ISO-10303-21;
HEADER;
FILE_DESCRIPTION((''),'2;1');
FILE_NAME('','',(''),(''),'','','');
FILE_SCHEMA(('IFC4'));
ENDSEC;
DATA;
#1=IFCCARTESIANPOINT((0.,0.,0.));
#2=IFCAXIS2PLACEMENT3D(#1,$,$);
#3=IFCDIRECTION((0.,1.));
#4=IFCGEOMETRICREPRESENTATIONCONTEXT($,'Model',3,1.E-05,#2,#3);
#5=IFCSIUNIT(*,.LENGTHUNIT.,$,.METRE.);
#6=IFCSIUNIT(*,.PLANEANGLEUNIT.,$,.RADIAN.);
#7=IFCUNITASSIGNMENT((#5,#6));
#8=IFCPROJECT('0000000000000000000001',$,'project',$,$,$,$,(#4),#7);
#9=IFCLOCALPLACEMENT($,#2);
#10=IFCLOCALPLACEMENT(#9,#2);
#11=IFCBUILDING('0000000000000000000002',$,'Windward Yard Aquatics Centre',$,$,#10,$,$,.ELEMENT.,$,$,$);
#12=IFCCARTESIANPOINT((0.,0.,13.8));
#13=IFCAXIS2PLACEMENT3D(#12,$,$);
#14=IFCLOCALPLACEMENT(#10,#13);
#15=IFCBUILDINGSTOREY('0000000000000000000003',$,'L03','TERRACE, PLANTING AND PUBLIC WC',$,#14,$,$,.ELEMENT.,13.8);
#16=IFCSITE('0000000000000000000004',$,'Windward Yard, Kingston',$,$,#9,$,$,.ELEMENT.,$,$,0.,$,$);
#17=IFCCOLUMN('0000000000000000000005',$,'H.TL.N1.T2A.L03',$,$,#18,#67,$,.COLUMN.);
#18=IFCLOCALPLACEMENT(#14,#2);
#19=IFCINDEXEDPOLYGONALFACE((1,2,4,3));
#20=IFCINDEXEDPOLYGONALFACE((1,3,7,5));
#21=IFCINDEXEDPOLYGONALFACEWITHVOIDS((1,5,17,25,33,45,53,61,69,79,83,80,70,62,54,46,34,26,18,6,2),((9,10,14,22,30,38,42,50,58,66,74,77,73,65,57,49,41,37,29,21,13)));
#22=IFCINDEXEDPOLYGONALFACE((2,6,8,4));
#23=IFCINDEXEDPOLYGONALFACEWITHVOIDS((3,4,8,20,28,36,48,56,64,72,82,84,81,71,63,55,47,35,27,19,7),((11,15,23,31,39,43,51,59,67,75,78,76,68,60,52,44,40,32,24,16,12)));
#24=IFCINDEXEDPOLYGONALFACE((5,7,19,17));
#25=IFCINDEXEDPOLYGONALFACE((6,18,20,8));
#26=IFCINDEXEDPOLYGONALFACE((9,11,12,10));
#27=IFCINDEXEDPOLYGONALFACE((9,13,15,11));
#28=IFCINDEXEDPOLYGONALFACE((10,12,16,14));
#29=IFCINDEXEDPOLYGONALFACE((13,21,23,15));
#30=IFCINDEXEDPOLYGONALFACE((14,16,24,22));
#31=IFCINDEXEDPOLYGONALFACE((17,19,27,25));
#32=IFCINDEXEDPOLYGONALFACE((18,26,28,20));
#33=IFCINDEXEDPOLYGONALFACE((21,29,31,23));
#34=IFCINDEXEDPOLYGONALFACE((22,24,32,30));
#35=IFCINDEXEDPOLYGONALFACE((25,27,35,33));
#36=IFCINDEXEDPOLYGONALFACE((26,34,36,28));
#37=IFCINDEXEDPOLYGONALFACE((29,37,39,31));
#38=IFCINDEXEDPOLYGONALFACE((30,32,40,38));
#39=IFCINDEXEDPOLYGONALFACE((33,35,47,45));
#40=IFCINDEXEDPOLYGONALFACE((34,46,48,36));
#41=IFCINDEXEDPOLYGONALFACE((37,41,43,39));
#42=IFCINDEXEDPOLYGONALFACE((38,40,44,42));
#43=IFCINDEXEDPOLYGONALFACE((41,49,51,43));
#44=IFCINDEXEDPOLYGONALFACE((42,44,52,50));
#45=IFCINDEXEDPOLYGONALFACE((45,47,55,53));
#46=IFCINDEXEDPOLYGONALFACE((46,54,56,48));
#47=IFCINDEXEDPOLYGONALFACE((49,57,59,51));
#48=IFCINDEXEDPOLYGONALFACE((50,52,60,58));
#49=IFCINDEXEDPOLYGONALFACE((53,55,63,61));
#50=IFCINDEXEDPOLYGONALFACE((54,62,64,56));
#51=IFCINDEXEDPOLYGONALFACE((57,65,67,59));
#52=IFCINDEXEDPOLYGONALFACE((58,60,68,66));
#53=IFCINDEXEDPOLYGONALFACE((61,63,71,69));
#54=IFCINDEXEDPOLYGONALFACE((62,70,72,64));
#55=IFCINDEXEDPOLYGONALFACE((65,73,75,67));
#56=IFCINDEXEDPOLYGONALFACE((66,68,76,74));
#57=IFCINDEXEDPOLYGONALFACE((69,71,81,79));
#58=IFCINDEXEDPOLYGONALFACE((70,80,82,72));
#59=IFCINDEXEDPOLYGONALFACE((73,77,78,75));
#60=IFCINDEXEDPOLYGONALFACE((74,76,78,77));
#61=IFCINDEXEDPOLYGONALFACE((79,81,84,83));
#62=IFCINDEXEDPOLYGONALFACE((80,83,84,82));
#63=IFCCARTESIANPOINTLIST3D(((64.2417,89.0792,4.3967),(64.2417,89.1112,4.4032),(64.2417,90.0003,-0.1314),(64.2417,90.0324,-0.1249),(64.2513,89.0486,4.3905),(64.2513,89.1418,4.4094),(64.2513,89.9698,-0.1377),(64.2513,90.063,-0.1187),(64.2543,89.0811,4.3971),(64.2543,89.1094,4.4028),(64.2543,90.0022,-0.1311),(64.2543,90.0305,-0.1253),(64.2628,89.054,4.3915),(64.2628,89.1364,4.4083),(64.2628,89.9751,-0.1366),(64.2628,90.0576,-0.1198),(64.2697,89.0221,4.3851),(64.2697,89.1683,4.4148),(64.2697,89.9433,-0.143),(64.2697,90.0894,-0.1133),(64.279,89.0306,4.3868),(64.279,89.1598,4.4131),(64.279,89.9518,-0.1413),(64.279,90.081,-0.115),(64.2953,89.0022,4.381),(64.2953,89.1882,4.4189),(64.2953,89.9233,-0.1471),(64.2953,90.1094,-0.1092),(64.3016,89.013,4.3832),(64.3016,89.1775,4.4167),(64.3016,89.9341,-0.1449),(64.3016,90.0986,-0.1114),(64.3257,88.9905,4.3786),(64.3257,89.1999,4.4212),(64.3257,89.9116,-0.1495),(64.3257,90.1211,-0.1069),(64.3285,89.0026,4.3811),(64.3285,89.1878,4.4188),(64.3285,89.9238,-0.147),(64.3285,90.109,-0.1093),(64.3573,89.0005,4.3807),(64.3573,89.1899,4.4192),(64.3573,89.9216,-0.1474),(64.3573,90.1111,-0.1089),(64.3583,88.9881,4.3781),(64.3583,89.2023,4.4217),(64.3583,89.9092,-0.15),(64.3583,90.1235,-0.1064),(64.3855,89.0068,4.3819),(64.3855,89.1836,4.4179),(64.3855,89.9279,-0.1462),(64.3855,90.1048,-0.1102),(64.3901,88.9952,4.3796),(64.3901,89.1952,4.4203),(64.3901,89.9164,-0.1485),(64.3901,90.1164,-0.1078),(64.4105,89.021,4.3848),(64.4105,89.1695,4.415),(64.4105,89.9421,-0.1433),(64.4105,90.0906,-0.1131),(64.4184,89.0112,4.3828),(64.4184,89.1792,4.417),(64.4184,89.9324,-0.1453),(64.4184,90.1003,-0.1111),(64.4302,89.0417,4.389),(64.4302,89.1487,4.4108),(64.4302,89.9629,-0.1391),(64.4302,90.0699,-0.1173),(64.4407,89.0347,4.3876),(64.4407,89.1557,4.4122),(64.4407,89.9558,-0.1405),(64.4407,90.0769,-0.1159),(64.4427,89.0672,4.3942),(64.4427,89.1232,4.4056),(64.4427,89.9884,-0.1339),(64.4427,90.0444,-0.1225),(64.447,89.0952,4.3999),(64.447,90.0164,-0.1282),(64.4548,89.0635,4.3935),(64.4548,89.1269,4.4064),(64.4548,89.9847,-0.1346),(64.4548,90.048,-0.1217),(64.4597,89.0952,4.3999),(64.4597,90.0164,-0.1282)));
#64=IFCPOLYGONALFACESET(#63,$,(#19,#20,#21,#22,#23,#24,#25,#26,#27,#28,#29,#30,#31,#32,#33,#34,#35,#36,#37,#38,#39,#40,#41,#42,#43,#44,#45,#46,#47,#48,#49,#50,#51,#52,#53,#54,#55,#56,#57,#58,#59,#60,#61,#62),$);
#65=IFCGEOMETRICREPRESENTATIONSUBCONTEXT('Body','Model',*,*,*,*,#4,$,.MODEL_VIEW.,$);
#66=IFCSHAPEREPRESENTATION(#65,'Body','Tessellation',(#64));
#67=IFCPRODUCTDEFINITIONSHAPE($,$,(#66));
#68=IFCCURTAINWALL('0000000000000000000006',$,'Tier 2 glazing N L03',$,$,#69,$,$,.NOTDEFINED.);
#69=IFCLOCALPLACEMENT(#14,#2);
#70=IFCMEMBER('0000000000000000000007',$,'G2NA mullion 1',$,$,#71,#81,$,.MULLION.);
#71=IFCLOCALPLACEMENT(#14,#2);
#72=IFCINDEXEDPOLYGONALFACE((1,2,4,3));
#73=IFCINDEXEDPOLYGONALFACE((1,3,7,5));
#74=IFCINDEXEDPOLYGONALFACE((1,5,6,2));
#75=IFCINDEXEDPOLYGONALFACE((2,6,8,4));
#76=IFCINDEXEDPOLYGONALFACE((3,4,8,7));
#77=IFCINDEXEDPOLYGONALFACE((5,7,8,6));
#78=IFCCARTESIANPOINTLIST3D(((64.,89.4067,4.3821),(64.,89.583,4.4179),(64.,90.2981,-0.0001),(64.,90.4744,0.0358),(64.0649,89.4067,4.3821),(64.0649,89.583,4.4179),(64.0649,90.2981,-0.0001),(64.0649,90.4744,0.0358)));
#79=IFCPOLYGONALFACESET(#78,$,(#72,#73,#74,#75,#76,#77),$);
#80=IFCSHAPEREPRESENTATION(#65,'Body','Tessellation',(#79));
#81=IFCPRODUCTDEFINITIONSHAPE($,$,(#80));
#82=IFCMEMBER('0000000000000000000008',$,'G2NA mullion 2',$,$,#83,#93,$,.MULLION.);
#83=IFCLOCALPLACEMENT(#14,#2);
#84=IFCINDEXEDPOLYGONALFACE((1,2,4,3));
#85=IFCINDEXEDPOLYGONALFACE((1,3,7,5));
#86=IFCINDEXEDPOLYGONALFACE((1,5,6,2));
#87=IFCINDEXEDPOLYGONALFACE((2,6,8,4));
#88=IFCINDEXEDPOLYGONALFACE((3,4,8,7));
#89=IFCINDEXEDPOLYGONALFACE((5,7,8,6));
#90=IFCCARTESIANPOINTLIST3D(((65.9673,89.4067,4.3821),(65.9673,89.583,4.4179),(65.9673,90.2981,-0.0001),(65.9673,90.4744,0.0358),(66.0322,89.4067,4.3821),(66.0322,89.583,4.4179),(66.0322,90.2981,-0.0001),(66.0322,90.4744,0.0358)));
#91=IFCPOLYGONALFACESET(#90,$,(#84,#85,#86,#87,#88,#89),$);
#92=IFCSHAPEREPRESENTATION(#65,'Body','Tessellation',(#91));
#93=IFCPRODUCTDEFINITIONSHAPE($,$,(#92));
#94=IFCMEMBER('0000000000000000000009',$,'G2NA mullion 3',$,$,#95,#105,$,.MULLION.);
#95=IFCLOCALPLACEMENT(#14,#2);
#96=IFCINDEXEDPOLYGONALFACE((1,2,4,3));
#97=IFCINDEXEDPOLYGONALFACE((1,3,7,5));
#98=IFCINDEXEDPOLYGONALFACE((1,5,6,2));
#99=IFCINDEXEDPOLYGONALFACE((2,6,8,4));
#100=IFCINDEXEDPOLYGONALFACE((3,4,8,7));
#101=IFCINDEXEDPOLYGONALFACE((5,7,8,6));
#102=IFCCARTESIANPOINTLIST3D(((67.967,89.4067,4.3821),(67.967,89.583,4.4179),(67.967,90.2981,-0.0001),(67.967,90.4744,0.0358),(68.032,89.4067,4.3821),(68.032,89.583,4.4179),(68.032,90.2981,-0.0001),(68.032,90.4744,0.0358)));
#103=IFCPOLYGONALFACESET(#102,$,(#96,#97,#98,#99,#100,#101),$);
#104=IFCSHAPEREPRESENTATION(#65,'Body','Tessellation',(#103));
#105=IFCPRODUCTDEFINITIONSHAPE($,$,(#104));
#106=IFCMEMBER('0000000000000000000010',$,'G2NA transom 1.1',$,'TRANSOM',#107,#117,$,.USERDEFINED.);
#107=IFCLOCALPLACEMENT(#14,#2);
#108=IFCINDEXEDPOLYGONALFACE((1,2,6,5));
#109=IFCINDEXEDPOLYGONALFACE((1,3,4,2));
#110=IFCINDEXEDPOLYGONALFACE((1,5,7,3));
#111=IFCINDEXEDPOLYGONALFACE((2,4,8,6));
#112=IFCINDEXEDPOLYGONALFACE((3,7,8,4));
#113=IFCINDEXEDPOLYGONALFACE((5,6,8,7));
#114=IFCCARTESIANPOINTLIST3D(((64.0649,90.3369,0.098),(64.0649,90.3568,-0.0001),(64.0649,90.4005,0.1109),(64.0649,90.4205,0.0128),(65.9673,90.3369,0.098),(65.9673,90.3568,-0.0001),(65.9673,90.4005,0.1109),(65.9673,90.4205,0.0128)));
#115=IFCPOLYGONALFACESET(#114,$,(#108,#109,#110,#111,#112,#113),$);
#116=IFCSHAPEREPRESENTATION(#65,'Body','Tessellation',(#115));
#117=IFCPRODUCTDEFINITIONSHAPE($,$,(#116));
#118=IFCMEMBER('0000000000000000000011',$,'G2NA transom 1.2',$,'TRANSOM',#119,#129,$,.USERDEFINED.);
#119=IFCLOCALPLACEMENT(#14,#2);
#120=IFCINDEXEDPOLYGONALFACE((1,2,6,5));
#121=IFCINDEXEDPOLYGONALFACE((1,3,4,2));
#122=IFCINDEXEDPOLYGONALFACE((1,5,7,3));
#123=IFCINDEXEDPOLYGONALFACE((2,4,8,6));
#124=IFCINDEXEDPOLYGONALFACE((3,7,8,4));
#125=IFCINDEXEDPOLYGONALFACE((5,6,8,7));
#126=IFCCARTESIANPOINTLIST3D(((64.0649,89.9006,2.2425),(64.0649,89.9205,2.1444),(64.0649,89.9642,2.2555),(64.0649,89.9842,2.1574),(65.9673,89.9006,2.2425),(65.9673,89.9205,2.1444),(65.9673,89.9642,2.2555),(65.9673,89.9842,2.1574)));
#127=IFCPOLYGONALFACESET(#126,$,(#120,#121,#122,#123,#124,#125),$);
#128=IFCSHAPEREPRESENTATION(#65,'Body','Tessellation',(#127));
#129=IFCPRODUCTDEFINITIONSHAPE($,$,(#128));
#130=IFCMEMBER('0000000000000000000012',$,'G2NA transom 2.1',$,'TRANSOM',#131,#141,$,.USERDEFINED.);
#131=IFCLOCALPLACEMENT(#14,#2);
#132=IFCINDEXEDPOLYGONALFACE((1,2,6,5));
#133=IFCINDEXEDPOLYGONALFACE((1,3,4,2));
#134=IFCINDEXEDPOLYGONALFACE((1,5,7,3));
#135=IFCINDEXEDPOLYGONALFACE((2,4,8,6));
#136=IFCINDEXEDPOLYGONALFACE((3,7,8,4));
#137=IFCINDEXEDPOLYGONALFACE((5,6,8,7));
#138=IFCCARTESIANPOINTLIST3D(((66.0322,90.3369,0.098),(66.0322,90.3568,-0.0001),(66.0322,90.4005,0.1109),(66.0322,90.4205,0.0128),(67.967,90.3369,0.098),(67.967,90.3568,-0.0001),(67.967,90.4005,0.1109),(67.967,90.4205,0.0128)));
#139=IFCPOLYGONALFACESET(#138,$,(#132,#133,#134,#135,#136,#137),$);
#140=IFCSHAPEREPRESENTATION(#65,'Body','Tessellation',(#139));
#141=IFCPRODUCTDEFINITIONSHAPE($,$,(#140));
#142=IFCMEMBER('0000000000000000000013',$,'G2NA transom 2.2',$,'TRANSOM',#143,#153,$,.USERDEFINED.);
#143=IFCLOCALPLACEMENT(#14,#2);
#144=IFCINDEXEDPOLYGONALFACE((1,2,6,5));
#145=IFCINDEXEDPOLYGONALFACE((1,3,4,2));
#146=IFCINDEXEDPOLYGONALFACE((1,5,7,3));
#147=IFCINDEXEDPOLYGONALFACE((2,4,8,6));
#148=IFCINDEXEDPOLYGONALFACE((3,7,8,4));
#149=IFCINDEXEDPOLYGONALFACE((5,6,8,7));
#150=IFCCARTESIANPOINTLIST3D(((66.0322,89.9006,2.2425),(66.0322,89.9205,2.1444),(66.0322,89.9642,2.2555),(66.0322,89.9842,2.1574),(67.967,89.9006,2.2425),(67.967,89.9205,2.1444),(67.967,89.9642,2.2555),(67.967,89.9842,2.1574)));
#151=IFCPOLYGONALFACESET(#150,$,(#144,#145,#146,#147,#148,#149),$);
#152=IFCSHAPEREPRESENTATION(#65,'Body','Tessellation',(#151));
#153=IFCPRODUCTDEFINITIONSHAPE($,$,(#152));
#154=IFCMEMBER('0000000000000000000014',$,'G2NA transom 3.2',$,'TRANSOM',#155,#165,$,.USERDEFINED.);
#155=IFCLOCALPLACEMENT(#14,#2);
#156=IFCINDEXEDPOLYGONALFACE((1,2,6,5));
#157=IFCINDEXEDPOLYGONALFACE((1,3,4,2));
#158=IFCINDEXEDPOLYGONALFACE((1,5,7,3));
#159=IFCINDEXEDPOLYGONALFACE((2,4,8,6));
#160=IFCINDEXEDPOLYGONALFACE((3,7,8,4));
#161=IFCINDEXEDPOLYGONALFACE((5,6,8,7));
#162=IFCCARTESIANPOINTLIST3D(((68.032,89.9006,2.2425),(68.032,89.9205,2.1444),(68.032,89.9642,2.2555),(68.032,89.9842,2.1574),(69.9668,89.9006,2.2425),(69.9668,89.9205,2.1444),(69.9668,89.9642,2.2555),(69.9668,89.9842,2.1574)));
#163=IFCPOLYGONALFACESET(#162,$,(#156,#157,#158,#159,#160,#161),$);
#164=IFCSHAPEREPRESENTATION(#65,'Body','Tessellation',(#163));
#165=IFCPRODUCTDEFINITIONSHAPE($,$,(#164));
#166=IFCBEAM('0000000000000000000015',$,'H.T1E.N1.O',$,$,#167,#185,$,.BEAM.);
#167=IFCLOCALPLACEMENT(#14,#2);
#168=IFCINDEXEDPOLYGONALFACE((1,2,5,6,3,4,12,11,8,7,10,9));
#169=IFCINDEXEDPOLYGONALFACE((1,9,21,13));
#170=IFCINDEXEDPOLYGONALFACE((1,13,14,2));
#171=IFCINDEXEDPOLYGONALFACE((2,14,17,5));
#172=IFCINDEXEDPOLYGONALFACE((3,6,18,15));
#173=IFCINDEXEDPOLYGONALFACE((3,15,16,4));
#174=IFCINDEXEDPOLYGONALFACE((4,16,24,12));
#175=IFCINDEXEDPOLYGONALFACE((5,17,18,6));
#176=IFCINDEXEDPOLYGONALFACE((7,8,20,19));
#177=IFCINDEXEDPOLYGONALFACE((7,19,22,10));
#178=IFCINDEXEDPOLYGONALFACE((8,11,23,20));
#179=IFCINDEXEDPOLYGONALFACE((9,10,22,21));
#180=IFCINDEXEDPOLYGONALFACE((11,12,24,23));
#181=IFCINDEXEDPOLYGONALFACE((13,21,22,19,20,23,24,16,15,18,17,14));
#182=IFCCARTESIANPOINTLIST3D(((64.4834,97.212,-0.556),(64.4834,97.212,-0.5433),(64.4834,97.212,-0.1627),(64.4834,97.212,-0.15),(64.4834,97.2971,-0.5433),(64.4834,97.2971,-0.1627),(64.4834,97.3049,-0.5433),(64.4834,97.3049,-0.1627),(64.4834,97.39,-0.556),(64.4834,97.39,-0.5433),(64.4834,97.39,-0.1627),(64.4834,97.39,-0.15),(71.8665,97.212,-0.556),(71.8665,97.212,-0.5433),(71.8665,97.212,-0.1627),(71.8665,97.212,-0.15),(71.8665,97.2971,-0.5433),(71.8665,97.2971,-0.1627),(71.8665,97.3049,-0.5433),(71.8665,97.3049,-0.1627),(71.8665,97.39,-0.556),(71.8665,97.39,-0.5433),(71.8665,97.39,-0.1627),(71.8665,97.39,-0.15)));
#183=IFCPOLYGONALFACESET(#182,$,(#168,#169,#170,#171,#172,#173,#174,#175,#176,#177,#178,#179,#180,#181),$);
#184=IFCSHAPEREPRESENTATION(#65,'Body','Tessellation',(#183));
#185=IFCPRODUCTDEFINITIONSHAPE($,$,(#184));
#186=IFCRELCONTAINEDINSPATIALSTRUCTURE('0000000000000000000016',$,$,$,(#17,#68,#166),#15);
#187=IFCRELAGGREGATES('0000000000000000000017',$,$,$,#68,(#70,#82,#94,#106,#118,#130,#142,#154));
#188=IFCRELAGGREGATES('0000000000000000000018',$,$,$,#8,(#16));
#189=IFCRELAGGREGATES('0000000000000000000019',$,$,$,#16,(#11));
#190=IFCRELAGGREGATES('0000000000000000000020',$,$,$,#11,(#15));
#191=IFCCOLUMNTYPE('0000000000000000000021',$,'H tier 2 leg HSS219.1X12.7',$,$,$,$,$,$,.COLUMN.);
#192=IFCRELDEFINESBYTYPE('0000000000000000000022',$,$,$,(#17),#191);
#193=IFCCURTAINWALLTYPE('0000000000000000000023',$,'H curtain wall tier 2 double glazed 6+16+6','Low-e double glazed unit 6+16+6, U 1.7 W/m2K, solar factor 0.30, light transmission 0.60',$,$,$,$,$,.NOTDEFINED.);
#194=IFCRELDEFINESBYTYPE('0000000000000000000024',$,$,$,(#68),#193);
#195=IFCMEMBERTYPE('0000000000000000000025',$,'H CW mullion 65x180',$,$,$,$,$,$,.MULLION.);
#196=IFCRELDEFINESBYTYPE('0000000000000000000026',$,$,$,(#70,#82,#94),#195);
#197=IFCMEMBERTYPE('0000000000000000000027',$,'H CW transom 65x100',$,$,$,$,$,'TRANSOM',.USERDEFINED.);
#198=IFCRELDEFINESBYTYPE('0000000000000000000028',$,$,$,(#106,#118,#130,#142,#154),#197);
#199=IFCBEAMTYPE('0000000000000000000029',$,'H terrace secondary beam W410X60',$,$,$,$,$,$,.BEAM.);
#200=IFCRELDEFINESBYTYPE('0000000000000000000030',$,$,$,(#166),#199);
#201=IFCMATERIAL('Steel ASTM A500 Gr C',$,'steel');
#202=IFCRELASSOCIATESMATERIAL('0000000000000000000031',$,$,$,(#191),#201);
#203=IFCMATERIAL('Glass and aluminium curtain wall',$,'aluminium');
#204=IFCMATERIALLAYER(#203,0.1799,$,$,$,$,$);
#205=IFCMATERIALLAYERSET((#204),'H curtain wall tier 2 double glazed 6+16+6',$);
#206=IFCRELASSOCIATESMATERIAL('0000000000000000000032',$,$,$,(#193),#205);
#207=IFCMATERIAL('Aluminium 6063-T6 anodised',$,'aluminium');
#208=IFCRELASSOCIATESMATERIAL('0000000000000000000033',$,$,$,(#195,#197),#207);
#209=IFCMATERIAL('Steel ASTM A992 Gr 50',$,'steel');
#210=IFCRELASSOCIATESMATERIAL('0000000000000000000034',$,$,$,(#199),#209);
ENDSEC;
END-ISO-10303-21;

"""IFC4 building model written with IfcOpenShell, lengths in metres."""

from ifc_helpers import new_model, si_unit, direction, frame, origin, origin_2d, place, context, subcontext, project, spatial, rectangle, hollow_circle, i_section, extrude, material, layer, layer_set, material_profile, profile_set, type_object, element, aggregate, save


model = new_model("IFC4")

# Units and contexts
model_context = context("Model", 3, precision=1e-05, world=origin(), true_north=direction((0.0, 1.0)))
body_context = subcontext(model_context, "Body", "Model", "MODEL_VIEW")
ifc_project = project(units=[si_unit("LENGTHUNIT", "METRE"), si_unit("PLANEANGLEUNIT", "RADIAN")], contexts=[model_context])

# Site, building, storey
site_placement = place(None, origin())
site = spatial("IfcSite", under=ifc_project, at=site_placement, Name="Windward Yard, Kingston", CompositionType="ELEMENT", RefElevation=0.0)
building_placement = place(site_placement, origin())
building = spatial("IfcBuilding", under=site, at=building_placement, Name="Windward Yard Aquatics Centre", CompositionType="ELEMENT")
storey_placement = place(building_placement, frame((0.0, 0.0, 13.8)))
storey = spatial("IfcBuildingStorey", under=building, at=storey_placement, Name="L03", Description="TERRACE, PLANTING AND PUBLIC WC", CompositionType="ELEMENT", Elevation=13.8)

# Column
ifc_material_1 = material(Name="Steel ASTM A500 Gr C", Category="steel")
ifc_material_profile_1 = material_profile(ifc_material_1, hollow_circle(Radius=0.1096, WallThickness=0.0127, at=origin_2d()), Name="HSS219.1X12.7")
ifc_profile_set_1 = profile_set([ifc_material_profile_1], Name="Steel ASTM A500 Gr C")
column_type = type_object("IfcColumnType", Name="H tier 2 leg HSS219.1X12.7", PredefinedType="COLUMN", material=ifc_profile_set_1)
column_placement = place(storey_placement, frame((64.3501, 90.0164, -0.1282), z_axis=(0.0, -0.199346, 0.979929), x_axis=(1.0, 0.0, 0.0)))
element("IfcColumn", 1, at=column_placement, inside=storey, type_object=column_type, Name="H.TL.N1.T2A.L03", PredefinedType="COLUMN", context=body_context, shape_type="SweptSolid", body=[
    extrude(hollow_circle(Radius=0.1096, WallThickness=0.0127, at=origin_2d()), origin(), (0.0, 0.0, 1.0), 4.6208),
])

# Curtain wall, members
ifc_material_2 = material(Name="Glass and aluminium curtain wall", Category="aluminium")
ifc_layer_1 = layer(ifc_material_2, 0.1799)
ifc_layer_set_1 = layer_set([ifc_layer_1], Name="H curtain wall tier 2 double glazed 6+16+6")
curtain_wall_type = type_object("IfcCurtainWallType", Name="H curtain wall tier 2 double glazed 6+16+6", Description="Low-e double glazed unit 6+16+6, U 1.7 W/m2K, solar factor 0.30, light transmission 0.60", PredefinedType="NOTDEFINED", material=ifc_layer_set_1)
curtain_wall_placement = place(storey_placement, origin())
curtain_wall = element("IfcCurtainWall", 2, at=curtain_wall_placement, inside=storey, type_object=curtain_wall_type, Name="Tier 2 glazing N L03", PredefinedType="NOTDEFINED")
ifc_material_3 = material(Name="Aluminium 6063-T6 anodised", Category="aluminium")
ifc_material_profile_2 = material_profile(ifc_material_3, rectangle(XDim=0.0649, YDim=0.1799, at=origin_2d()), Name="H CW mullion 65x180")
ifc_profile_set_2 = profile_set([ifc_material_profile_2], Name="Aluminium 6063-T6 anodised")
member_type_1 = type_object("IfcMemberType", Name="H CW mullion 65x180", PredefinedType="MULLION", material=ifc_profile_set_2)
member_1_placement = place(storey_placement, frame((64.0325, 90.3862, 0.0178), z_axis=(0.0, -0.199328, 0.979933), x_axis=(1.0, 0.0, 0.0)))
member_1 = element("IfcMember", 3, at=member_1_placement, type_object=member_type_1, Name="G2NA mullion 1", PredefinedType="MULLION", context=body_context, shape_type="SweptSolid", body=[
    extrude(rectangle(XDim=0.0649, YDim=0.1799, at=origin_2d()), origin(), (0.0, 0.0, 1.0), 4.4719),
])
member_2_placement = place(storey_placement, frame((65.9998, 90.3862, 0.0178), z_axis=(0.0, -0.199328, 0.979933), x_axis=(1.0, 0.0, 0.0)))
member_2 = element("IfcMember", 4, at=member_2_placement, type_object=member_type_1, Name="G2NA mullion 2", PredefinedType="MULLION", context=body_context, shape_type="SweptSolid", body=[
    extrude(rectangle(XDim=0.0649, YDim=0.1799, at=origin_2d()), origin(), (0.0, 0.0, 1.0), 4.4719),
])
member_3_placement = place(storey_placement, frame((67.9995, 90.3862, 0.0178), z_axis=(0.0, -0.199328, 0.979933), x_axis=(1.0, 0.0, 0.0)))
member_3 = element("IfcMember", 5, at=member_3_placement, type_object=member_type_1, Name="G2NA mullion 3", PredefinedType="MULLION", context=body_context, shape_type="SweptSolid", body=[
    extrude(rectangle(XDim=0.0649, YDim=0.1799, at=origin_2d()), origin(), (0.0, 0.0, 1.0), 4.4719),
])
ifc_material_profile_3 = material_profile(ifc_material_3, rectangle(XDim=0.0649, YDim=0.1001, at=origin_2d()), Name="H CW transom 65x100")
ifc_profile_set_3 = profile_set([ifc_material_profile_3], Name="Aluminium 6063-T6 anodised")
member_type_2 = type_object("IfcMemberType", Name="H CW transom 65x100", ElementType="TRANSOM", PredefinedType="USERDEFINED", material=ifc_profile_set_3)
member_4_placement = place(storey_placement, frame((64.0649, 90.3787, 0.0554), z_axis=(1.0, 0.0, 0.0), x_axis=(0.0, 0.979925, 0.199368)))
member_4 = element("IfcMember", 6, at=member_4_placement, type_object=member_type_2, Name="G2NA transom 1.1", ObjectType="TRANSOM", PredefinedType="USERDEFINED", context=body_context, shape_type="SweptSolid", body=[
    extrude(rectangle(XDim=0.0649, YDim=0.1001, at=origin_2d()), origin(), (0.0, 0.0, 1.0), 1.9023),
])
member_5_placement = place(storey_placement, frame((64.0649, 89.9424, 2.2), z_axis=(1.0, 0.0, 0.0), x_axis=(0.0, 0.979925, 0.199368)))
member_5 = element("IfcMember", 7, at=member_5_placement, type_object=member_type_2, Name="G2NA transom 1.2", ObjectType="TRANSOM", PredefinedType="USERDEFINED", context=body_context, shape_type="SweptSolid", body=[
    extrude(rectangle(XDim=0.0649, YDim=0.1001, at=origin_2d()), origin(), (0.0, 0.0, 1.0), 1.9023),
])
member_6_placement = place(storey_placement, frame((66.0322, 90.3787, 0.0554), z_axis=(1.0, 0.0, 0.0), x_axis=(0.0, 0.979925, 0.199368)))
member_6 = element("IfcMember", 8, at=member_6_placement, type_object=member_type_2, Name="G2NA transom 2.1", ObjectType="TRANSOM", PredefinedType="USERDEFINED", context=body_context, shape_type="SweptSolid", body=[
    extrude(rectangle(XDim=0.0649, YDim=0.1001, at=origin_2d()), origin(), (0.0, 0.0, 1.0), 1.9348),
])
member_7_placement = place(storey_placement, frame((66.0322, 89.9424, 2.2), z_axis=(1.0, 0.0, 0.0), x_axis=(0.0, 0.979925, 0.199368)))
member_7 = element("IfcMember", 9, at=member_7_placement, type_object=member_type_2, Name="G2NA transom 2.2", ObjectType="TRANSOM", PredefinedType="USERDEFINED", context=body_context, shape_type="SweptSolid", body=[
    extrude(rectangle(XDim=0.0649, YDim=0.1001, at=origin_2d()), origin(), (0.0, 0.0, 1.0), 1.9348),
])
member_8_placement = place(storey_placement, frame((68.032, 89.9424, 2.2), z_axis=(1.0, 0.0, 0.0), x_axis=(0.0, 0.979925, 0.199368)))
member_8 = element("IfcMember", 10, at=member_8_placement, type_object=member_type_2, Name="G2NA transom 3.2", ObjectType="TRANSOM", PredefinedType="USERDEFINED", context=body_context, shape_type="SweptSolid", body=[
    extrude(rectangle(XDim=0.0649, YDim=0.1001, at=origin_2d()), origin(), (0.0, 0.0, 1.0), 1.9348),
])

# Beam
ifc_material_4 = material(Name="Steel ASTM A992 Gr 50", Category="steel")
ifc_material_profile_4 = material_profile(ifc_material_4, i_section(OverallWidth=0.178, OverallDepth=0.406, WebThickness=0.0078, FlangeThickness=0.0127, at=origin_2d()), Name="W410X60")
ifc_profile_set_4 = profile_set([ifc_material_profile_4], Name="Steel ASTM A992 Gr 50")
beam_type_1 = type_object("IfcBeamType", Name="H terrace secondary beam W410X60", PredefinedType="BEAM", material=ifc_profile_set_4)
for number, where, z_axis, x_axis, name in (
    (11, (64.4834, 97.301, -0.353), (1.0, 0.0, 0.0), (0.0, 1.0, 0.0), "H.T1E.N1.O"),
):
    element("IfcBeam", number, at=place(storey_placement, frame(where, z_axis=z_axis, x_axis=x_axis)), inside=storey, type_object=beam_type_1, Name=name, PredefinedType="BEAM", context=body_context, shape_type="SweptSolid", body=[
        extrude(i_section(OverallWidth=0.178, OverallDepth=0.406, WebThickness=0.0078, FlangeThickness=0.0127, at=origin_2d()), origin(), (0.0, 0.0, 1.0), 7.3831),
    ])

aggregate(curtain_wall, [member_1, member_2, member_3, member_4, member_5, member_6, member_7, member_8])

save(model, "model.ifc")
